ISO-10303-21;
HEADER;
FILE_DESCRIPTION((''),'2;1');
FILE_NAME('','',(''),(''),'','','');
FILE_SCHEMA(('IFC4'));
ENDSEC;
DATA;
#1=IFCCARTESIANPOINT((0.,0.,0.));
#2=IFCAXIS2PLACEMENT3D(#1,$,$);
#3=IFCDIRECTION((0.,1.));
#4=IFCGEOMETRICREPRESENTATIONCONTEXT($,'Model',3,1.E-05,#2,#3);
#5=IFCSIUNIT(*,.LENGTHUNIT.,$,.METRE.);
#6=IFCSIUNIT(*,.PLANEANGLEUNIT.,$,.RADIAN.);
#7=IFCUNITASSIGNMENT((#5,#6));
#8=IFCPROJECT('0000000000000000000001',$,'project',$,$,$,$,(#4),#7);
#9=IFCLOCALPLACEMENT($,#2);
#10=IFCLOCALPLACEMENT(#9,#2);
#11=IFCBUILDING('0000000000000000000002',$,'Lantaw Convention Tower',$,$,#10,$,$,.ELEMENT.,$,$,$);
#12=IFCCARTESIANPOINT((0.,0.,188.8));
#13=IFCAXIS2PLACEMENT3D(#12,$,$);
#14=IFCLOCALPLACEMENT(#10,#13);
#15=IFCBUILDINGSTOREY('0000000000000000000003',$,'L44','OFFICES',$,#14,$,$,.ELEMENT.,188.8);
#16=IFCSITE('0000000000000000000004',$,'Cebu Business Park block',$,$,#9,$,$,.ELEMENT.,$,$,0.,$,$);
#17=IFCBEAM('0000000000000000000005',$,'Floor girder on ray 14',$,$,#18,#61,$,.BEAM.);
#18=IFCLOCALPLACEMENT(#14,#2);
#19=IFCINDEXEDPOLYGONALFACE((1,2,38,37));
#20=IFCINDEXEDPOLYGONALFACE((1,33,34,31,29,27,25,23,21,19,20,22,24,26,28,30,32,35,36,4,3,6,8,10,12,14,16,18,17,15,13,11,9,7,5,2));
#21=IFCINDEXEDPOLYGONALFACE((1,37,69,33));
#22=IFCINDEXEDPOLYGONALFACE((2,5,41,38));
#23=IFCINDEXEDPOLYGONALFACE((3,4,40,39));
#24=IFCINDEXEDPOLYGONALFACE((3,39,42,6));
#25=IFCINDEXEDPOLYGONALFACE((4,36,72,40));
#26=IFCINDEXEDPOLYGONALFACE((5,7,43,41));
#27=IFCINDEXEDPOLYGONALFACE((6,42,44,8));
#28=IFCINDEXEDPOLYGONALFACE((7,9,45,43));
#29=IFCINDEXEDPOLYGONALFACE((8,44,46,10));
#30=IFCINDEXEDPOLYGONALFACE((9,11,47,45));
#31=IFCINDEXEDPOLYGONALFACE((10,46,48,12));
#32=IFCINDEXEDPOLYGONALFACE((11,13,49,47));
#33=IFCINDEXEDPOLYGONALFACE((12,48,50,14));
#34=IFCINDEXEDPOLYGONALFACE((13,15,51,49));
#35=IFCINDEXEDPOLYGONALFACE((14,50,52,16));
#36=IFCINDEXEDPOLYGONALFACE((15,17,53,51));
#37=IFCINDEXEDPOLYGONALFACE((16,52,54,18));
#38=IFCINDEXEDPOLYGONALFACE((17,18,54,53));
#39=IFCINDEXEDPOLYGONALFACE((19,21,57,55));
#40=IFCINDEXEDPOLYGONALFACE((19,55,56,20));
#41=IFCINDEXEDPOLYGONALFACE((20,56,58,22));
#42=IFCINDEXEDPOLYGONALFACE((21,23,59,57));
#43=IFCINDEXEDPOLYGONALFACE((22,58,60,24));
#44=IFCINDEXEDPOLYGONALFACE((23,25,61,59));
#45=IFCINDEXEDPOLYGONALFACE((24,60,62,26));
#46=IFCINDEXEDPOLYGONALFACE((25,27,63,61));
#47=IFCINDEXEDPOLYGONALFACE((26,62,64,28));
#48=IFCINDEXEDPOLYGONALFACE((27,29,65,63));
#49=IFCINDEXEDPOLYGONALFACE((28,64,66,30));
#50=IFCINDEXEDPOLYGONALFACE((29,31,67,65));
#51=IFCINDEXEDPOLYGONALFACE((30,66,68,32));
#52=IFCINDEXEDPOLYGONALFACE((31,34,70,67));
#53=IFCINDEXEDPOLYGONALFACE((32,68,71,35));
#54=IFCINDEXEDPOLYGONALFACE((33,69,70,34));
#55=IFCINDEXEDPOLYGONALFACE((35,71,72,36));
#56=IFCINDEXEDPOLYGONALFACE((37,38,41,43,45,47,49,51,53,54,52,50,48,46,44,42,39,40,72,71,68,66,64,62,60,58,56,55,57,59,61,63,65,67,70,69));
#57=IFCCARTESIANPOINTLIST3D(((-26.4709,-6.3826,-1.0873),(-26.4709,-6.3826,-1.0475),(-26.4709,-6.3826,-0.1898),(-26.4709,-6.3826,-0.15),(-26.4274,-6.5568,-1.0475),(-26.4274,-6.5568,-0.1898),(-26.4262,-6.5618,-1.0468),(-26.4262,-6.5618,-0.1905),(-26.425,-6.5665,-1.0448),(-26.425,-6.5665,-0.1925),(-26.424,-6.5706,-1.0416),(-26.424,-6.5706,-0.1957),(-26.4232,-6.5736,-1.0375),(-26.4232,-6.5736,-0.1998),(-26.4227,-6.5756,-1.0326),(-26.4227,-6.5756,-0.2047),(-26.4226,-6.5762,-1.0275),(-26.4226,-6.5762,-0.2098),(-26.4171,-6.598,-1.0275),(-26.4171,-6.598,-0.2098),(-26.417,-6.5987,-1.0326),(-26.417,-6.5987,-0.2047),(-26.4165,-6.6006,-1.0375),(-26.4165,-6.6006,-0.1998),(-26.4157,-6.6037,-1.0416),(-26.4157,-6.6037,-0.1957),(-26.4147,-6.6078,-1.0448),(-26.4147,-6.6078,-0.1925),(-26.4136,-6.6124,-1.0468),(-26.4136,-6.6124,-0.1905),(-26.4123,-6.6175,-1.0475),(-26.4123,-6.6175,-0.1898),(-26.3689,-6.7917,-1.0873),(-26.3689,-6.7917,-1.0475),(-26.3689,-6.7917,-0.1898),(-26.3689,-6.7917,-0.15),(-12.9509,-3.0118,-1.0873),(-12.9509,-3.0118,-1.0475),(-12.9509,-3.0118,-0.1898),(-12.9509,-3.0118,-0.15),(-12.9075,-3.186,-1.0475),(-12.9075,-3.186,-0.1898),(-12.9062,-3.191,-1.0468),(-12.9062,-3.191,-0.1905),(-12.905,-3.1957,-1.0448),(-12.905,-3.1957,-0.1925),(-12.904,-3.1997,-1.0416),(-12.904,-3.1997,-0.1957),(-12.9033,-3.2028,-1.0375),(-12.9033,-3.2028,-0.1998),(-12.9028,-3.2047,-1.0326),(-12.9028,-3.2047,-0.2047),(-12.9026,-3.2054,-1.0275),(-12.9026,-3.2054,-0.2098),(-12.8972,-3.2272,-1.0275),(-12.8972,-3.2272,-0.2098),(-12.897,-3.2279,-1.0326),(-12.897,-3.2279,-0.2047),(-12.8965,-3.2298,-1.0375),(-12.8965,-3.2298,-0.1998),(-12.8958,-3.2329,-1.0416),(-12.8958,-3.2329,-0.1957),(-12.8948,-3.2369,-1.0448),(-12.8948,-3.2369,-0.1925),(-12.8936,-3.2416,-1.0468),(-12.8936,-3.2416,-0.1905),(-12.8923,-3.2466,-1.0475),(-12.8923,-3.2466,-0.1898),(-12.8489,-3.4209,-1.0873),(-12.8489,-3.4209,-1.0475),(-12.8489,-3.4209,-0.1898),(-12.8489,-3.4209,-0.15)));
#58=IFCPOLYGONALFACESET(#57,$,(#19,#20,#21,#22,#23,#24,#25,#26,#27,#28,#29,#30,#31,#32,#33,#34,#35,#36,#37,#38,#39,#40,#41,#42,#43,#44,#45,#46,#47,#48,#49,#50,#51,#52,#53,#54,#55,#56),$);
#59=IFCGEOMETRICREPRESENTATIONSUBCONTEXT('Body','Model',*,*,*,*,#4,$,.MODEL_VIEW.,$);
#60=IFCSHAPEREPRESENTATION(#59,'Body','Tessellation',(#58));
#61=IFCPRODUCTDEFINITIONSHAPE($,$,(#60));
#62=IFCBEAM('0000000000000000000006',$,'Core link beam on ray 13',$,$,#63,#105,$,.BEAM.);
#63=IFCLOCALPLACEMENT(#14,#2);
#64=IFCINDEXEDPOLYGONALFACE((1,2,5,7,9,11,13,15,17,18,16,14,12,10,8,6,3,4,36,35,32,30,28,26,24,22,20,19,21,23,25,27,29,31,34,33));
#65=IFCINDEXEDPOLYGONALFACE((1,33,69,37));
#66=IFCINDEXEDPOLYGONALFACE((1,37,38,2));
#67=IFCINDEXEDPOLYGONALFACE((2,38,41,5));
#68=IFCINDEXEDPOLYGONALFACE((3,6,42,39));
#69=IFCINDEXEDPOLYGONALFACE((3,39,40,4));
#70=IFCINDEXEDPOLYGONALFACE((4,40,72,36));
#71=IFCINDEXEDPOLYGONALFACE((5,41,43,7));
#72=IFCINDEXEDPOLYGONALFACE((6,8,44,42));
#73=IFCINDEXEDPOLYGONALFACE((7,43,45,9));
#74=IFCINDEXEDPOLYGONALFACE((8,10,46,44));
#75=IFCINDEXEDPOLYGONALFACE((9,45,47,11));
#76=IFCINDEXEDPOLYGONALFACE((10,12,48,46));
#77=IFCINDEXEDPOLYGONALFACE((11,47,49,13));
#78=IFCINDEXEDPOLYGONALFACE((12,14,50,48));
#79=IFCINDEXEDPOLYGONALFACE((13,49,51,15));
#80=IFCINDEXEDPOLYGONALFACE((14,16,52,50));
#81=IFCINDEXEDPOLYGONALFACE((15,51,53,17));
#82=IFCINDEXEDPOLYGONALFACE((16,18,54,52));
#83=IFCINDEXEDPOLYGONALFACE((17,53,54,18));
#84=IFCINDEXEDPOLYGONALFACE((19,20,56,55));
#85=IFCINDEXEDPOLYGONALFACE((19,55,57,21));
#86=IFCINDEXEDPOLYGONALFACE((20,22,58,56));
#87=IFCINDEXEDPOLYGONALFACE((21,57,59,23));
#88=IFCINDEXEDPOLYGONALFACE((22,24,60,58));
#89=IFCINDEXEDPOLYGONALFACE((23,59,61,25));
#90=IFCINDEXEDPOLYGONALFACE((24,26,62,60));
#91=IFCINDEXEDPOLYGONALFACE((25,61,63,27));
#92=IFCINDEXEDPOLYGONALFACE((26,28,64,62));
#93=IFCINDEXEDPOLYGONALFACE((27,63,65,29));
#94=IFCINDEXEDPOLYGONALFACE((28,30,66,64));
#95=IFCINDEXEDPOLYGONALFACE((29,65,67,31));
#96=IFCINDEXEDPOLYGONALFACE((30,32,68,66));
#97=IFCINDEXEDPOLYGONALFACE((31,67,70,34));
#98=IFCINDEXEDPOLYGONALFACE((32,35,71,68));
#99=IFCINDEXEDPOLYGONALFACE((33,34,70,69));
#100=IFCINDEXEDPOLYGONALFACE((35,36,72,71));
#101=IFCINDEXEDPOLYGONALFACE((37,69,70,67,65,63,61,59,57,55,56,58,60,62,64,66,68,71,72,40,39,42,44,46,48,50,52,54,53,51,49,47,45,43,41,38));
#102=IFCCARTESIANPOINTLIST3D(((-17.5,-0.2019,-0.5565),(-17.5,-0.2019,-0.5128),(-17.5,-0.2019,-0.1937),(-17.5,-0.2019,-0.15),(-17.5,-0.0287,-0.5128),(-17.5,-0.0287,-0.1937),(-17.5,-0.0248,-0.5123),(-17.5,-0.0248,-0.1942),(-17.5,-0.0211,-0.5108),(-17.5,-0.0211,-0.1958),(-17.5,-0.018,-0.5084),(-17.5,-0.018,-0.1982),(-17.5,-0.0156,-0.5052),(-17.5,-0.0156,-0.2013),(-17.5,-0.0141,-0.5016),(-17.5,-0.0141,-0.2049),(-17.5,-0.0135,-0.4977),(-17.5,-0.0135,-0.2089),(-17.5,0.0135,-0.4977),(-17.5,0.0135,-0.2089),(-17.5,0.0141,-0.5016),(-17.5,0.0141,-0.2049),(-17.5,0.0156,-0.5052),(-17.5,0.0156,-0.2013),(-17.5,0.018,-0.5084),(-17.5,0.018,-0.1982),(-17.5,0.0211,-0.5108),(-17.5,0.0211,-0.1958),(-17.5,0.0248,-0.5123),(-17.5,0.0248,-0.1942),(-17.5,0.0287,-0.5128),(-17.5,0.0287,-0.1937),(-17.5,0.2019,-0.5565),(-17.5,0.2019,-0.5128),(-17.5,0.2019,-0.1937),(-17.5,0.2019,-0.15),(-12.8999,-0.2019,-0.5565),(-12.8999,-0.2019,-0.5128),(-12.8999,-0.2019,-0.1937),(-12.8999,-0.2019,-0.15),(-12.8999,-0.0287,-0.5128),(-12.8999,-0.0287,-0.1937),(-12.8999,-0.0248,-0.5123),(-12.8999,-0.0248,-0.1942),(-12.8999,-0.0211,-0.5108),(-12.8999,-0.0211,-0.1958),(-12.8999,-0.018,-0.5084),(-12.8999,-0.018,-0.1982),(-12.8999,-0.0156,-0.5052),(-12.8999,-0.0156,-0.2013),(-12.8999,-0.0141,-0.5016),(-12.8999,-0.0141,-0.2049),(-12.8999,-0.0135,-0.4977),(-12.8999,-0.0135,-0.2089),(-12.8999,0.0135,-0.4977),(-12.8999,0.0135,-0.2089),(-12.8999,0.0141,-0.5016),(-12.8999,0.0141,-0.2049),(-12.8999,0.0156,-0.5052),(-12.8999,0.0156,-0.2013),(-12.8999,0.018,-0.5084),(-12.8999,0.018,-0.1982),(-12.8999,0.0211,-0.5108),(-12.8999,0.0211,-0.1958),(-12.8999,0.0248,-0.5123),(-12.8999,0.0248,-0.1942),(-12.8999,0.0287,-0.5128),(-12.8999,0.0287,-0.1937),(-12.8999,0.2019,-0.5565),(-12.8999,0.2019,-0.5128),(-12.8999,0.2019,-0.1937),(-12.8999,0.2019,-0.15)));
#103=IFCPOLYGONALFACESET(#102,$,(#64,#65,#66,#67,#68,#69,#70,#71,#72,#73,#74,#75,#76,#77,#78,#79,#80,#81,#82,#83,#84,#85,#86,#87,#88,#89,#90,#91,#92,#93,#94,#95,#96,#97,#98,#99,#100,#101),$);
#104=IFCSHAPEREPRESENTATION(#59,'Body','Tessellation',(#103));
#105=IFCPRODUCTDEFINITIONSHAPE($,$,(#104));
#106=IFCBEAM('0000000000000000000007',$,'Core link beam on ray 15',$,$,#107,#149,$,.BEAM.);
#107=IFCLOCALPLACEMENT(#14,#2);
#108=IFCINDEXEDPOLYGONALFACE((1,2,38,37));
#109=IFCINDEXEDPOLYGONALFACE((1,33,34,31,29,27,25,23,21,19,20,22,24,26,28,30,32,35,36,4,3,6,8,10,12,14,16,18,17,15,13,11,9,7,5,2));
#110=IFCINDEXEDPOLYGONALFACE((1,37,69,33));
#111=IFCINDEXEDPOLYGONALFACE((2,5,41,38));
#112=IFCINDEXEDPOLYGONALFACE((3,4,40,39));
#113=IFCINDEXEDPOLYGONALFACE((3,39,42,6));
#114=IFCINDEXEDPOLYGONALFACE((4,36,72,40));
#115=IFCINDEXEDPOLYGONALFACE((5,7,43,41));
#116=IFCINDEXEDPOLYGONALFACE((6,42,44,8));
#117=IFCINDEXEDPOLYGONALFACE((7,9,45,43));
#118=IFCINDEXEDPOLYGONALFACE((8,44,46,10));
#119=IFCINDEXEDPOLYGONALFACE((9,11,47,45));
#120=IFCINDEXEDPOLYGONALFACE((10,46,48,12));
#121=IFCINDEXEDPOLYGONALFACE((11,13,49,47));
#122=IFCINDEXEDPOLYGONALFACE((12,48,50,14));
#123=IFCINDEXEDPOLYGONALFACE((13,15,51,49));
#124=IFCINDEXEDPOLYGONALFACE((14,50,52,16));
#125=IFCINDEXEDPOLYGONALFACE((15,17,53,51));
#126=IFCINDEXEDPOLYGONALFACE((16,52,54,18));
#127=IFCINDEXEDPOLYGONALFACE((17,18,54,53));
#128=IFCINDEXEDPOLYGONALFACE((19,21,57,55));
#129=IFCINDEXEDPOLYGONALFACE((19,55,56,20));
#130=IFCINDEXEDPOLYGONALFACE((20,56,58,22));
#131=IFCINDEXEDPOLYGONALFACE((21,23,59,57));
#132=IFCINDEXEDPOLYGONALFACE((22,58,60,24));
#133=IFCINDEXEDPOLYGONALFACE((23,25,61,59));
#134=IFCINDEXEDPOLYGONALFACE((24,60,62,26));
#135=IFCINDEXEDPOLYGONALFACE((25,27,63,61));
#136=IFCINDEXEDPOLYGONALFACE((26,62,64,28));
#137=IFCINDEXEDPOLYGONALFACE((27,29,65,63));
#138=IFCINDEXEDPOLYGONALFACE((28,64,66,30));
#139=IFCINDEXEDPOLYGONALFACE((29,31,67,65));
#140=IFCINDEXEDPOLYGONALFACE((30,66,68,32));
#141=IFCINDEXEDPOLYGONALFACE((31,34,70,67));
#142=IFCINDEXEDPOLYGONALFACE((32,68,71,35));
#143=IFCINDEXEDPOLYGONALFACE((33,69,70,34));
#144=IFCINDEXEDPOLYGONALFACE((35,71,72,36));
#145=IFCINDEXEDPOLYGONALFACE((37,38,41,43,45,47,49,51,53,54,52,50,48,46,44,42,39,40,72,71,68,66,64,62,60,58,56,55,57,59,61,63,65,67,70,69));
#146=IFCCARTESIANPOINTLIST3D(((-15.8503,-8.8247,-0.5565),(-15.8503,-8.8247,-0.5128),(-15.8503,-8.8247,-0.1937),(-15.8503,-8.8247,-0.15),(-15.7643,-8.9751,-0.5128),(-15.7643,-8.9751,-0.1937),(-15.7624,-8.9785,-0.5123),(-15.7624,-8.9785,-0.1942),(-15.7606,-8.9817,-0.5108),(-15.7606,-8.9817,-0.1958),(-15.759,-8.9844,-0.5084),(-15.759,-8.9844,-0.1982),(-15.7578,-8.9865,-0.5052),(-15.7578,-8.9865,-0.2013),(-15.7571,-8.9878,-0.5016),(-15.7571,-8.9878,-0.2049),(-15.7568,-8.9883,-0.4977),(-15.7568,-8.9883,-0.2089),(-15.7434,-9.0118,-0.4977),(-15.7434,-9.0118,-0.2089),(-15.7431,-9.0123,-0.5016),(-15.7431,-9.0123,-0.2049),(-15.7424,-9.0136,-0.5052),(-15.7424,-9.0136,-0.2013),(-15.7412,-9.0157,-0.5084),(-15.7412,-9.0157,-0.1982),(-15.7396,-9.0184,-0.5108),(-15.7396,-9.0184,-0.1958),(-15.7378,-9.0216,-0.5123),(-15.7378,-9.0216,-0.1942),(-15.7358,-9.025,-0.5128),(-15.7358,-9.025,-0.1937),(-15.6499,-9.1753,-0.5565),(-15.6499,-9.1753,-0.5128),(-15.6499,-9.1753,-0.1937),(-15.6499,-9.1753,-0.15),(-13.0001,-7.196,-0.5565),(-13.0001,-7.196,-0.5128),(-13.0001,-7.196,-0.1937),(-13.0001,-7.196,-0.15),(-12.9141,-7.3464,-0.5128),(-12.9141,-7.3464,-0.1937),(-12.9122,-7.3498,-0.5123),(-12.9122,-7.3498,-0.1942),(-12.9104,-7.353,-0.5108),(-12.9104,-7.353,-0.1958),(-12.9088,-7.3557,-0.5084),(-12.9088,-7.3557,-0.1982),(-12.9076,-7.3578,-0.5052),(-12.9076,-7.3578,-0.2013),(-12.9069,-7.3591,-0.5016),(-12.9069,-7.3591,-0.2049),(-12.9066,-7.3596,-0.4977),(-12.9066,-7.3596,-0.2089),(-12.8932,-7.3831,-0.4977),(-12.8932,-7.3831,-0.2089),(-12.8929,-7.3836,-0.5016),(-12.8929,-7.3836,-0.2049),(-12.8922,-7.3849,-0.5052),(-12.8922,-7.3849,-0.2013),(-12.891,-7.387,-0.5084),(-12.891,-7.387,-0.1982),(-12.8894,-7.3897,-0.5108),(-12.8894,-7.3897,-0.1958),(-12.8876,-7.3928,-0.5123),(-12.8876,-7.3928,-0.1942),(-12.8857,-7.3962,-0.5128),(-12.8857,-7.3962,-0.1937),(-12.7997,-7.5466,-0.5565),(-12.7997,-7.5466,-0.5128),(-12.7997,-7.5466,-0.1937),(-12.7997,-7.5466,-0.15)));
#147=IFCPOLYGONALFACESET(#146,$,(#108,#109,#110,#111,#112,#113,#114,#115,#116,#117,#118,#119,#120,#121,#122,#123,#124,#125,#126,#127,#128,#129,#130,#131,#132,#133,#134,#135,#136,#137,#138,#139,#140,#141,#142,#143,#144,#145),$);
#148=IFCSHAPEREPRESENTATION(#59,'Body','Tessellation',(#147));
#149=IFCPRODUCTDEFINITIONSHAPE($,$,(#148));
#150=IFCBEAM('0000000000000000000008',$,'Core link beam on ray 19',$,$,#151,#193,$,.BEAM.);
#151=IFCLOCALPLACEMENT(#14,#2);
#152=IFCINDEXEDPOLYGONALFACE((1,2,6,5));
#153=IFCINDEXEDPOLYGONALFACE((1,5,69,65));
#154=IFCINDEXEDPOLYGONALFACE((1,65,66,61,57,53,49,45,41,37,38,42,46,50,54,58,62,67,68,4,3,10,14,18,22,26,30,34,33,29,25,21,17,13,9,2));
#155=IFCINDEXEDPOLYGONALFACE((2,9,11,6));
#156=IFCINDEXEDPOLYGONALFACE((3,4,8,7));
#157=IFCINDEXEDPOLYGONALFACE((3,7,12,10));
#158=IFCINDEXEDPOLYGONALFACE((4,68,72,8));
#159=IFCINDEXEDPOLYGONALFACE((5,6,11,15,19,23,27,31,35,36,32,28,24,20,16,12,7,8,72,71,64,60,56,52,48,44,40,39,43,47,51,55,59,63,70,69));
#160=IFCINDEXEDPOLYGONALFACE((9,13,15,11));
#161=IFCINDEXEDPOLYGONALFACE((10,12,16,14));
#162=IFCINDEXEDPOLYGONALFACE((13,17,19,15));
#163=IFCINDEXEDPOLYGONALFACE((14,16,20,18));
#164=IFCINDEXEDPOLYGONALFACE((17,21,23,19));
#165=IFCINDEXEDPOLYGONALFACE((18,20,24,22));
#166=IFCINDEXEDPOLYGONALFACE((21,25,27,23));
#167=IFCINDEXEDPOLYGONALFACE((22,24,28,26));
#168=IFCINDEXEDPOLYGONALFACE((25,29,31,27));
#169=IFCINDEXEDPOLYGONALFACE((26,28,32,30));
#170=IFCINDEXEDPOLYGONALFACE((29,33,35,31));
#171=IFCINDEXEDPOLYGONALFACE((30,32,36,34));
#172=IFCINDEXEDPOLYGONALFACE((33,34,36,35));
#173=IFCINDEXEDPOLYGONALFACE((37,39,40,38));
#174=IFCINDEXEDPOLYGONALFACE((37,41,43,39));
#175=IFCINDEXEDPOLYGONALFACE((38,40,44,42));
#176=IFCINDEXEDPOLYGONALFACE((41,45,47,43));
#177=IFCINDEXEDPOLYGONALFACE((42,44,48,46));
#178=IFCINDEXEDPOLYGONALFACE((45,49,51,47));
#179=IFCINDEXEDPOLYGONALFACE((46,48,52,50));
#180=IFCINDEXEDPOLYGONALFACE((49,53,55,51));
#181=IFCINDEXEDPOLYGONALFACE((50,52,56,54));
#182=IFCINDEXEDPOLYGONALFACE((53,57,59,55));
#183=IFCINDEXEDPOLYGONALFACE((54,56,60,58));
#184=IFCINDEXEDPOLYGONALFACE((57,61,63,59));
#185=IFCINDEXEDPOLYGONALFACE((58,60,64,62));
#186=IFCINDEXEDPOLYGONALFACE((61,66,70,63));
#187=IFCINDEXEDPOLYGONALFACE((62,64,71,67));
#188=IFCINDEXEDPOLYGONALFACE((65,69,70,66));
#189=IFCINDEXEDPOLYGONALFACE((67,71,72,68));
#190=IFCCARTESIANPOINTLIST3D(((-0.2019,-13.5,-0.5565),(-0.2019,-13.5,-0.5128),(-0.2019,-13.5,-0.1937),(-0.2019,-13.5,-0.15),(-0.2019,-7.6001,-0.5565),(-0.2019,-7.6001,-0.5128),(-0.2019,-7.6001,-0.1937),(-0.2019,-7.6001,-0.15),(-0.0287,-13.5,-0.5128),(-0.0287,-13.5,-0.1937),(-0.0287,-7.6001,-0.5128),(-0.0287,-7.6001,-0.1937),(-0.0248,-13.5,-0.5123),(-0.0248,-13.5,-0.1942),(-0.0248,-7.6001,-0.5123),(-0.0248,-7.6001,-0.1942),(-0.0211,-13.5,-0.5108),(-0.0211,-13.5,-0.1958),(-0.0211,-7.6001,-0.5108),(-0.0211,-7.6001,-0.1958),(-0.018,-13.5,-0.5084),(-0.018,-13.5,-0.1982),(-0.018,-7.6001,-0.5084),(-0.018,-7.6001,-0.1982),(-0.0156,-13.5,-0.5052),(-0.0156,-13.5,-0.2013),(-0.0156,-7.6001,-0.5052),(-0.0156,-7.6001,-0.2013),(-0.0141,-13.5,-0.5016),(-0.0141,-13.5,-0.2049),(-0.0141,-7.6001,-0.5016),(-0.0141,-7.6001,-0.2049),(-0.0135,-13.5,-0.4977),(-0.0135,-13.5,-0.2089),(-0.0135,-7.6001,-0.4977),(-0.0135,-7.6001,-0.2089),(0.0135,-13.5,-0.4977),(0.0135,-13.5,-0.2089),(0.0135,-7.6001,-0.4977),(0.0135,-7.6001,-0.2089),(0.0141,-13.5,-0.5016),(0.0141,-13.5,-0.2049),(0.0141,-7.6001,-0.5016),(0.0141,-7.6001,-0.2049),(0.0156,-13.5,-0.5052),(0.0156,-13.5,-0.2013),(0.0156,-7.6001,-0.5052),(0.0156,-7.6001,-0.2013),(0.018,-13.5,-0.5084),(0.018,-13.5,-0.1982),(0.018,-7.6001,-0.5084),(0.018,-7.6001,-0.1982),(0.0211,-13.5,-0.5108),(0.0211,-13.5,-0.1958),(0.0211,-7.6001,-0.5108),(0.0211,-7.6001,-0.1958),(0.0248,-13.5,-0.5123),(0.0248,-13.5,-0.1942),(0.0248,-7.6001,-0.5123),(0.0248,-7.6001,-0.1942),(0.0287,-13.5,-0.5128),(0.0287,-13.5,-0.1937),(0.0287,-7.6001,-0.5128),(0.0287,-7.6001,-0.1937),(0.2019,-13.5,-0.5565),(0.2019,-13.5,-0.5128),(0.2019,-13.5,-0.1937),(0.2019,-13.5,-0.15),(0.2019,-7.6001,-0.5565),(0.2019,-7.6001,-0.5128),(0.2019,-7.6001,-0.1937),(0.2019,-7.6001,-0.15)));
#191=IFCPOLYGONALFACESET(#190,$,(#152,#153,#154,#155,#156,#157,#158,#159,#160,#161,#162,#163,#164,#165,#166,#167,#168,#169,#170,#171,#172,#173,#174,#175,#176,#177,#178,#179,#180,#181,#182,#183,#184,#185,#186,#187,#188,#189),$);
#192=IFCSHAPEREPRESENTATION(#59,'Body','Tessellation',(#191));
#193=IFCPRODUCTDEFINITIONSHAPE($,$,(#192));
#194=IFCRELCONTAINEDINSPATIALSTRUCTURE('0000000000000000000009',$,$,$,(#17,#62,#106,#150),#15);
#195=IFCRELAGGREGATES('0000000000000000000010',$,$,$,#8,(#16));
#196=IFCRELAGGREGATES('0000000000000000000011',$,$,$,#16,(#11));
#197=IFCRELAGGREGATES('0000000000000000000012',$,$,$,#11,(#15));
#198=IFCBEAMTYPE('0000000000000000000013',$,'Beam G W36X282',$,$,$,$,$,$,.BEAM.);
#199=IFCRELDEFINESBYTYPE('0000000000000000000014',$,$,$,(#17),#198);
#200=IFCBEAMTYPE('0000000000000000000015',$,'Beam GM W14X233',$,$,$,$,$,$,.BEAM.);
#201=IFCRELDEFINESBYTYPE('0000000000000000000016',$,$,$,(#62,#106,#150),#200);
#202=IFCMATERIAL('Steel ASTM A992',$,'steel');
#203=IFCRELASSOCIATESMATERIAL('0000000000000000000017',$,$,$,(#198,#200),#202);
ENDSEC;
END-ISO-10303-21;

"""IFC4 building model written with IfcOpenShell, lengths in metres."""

from ifc_helpers import new_model, si_unit, direction, frame, origin, origin_2d, place, context, subcontext, project, spatial, i_section, extrude, material, material_profile, profile_set, type_object, element, save


model = new_model("IFC4")

# Units and contexts
model_context = context("Model", 3, precision=1e-05, world=origin(), true_north=direction((0.0, 1.0)))
body_context = subcontext(model_context, "Body", "Model", "MODEL_VIEW")
ifc_project = project(units=[si_unit("LENGTHUNIT", "METRE"), si_unit("PLANEANGLEUNIT", "RADIAN")], contexts=[model_context])

# Site, building, storey
site_placement = place(None, origin())
site = spatial("IfcSite", under=ifc_project, at=site_placement, Name="Cebu Business Park block", CompositionType="ELEMENT", RefElevation=0.0)
building_placement = place(site_placement, origin())
building = spatial("IfcBuilding", under=site, at=building_placement, Name="Lantaw Convention Tower", CompositionType="ELEMENT")
storey_placement = place(building_placement, frame((0.0, 0.0, 188.8)))
storey = spatial("IfcBuildingStorey", under=building, at=storey_placement, Name="L44", Description="OFFICES", CompositionType="ELEMENT", Elevation=188.8)

# Beams
ifc_material_1 = material(Name="Steel ASTM A992", Category="steel")
ifc_material_profile_1 = material_profile(ifc_material_1, i_section(OverallWidth=0.4216, OverallDepth=0.9373, WebThickness=0.0225, FlangeThickness=0.0398, FilletRadius=0.02, at=origin_2d()), Name="W36X282")
ifc_profile_set_1 = profile_set([ifc_material_profile_1], Name="Steel ASTM A992")
beam_type_1 = type_object("IfcBeamType", Name="Beam G W36X282", PredefinedType="BEAM", material=ifc_profile_set_1)
beam_1_placement = place(storey_placement, frame((-12.8999, -3.2163, -0.6187), z_axis=(-0.970297, -0.241917, 0.0), x_axis=(0.241917, -0.970297, 0.0)))
element("IfcBeam", 1, at=beam_1_placement, inside=storey, type_object=beam_type_1, Name="Floor girder on ray 14", PredefinedType="BEAM", context=body_context, shape_type="SweptSolid", body=[
    extrude(i_section(OverallWidth=0.4216, OverallDepth=0.9373, WebThickness=0.0225, FlangeThickness=0.0398, FilletRadius=0.02, at=origin_2d()), origin(), (0.0, 0.0, 1.0), 13.9338),
])
ifc_material_profile_2 = material_profile(ifc_material_1, i_section(OverallWidth=0.4038, OverallDepth=0.4065, WebThickness=0.0271, FlangeThickness=0.0437, FilletRadius=0.0151, at=origin_2d()), Name="W14X233")
ifc_profile_set_2 = profile_set([ifc_material_profile_2], Name="Steel ASTM A992")
beam_type_2 = type_object("IfcBeamType", Name="Beam GM W14X233", PredefinedType="BEAM", material=ifc_profile_set_2)
beam_2_placement = place(storey_placement, frame((-12.8999, 0.0, -0.3533), z_axis=(-1.0, 0.0, 0.0), x_axis=(0.0, -1.0, 0.0)))
element("IfcBeam", 2, at=beam_2_placement, inside=storey, type_object=beam_type_2, Name="Core link beam on ray 13", PredefinedType="BEAM", context=body_context, shape_type="SweptSolid", body=[
    extrude(i_section(OverallWidth=0.4038, OverallDepth=0.4065, WebThickness=0.0271, FlangeThickness=0.0437, FilletRadius=0.0151, at=origin_2d()), origin(), (0.0, 0.0, 1.0), 4.6001),
])
beam_3_placement = place(storey_placement, frame((-12.8999, -7.3713, -0.3533), z_axis=(-0.868239, -0.496147, 0.0), x_axis=(0.496147, -0.868239, 0.0)))
element("IfcBeam", 3, at=beam_3_placement, inside=storey, type_object=beam_type_2, Name="Core link beam on ray 15", PredefinedType="BEAM", context=body_context, shape_type="SweptSolid", body=[
    extrude(i_section(OverallWidth=0.4038, OverallDepth=0.4065, WebThickness=0.0271, FlangeThickness=0.0437, FilletRadius=0.0151, at=origin_2d()), origin(), (0.0, 0.0, 1.0), 3.2827),
])
beam_4_placement = place(storey_placement, frame((0.0, -7.6001, -0.3533), z_axis=(0.0, -1.0, 0.0), x_axis=(1.0, 0.0, 0.0)))
element("IfcBeam", 4, at=beam_4_placement, inside=storey, type_object=beam_type_2, Name="Core link beam on ray 19", PredefinedType="BEAM", context=body_context, shape_type="SweptSolid", body=[
    extrude(i_section(OverallWidth=0.4038, OverallDepth=0.4065, WebThickness=0.0271, FlangeThickness=0.0437, FilletRadius=0.0151, at=origin_2d()), origin(), (0.0, 0.0, 1.0), 5.8999),
])

save(model, "model.ifc")
